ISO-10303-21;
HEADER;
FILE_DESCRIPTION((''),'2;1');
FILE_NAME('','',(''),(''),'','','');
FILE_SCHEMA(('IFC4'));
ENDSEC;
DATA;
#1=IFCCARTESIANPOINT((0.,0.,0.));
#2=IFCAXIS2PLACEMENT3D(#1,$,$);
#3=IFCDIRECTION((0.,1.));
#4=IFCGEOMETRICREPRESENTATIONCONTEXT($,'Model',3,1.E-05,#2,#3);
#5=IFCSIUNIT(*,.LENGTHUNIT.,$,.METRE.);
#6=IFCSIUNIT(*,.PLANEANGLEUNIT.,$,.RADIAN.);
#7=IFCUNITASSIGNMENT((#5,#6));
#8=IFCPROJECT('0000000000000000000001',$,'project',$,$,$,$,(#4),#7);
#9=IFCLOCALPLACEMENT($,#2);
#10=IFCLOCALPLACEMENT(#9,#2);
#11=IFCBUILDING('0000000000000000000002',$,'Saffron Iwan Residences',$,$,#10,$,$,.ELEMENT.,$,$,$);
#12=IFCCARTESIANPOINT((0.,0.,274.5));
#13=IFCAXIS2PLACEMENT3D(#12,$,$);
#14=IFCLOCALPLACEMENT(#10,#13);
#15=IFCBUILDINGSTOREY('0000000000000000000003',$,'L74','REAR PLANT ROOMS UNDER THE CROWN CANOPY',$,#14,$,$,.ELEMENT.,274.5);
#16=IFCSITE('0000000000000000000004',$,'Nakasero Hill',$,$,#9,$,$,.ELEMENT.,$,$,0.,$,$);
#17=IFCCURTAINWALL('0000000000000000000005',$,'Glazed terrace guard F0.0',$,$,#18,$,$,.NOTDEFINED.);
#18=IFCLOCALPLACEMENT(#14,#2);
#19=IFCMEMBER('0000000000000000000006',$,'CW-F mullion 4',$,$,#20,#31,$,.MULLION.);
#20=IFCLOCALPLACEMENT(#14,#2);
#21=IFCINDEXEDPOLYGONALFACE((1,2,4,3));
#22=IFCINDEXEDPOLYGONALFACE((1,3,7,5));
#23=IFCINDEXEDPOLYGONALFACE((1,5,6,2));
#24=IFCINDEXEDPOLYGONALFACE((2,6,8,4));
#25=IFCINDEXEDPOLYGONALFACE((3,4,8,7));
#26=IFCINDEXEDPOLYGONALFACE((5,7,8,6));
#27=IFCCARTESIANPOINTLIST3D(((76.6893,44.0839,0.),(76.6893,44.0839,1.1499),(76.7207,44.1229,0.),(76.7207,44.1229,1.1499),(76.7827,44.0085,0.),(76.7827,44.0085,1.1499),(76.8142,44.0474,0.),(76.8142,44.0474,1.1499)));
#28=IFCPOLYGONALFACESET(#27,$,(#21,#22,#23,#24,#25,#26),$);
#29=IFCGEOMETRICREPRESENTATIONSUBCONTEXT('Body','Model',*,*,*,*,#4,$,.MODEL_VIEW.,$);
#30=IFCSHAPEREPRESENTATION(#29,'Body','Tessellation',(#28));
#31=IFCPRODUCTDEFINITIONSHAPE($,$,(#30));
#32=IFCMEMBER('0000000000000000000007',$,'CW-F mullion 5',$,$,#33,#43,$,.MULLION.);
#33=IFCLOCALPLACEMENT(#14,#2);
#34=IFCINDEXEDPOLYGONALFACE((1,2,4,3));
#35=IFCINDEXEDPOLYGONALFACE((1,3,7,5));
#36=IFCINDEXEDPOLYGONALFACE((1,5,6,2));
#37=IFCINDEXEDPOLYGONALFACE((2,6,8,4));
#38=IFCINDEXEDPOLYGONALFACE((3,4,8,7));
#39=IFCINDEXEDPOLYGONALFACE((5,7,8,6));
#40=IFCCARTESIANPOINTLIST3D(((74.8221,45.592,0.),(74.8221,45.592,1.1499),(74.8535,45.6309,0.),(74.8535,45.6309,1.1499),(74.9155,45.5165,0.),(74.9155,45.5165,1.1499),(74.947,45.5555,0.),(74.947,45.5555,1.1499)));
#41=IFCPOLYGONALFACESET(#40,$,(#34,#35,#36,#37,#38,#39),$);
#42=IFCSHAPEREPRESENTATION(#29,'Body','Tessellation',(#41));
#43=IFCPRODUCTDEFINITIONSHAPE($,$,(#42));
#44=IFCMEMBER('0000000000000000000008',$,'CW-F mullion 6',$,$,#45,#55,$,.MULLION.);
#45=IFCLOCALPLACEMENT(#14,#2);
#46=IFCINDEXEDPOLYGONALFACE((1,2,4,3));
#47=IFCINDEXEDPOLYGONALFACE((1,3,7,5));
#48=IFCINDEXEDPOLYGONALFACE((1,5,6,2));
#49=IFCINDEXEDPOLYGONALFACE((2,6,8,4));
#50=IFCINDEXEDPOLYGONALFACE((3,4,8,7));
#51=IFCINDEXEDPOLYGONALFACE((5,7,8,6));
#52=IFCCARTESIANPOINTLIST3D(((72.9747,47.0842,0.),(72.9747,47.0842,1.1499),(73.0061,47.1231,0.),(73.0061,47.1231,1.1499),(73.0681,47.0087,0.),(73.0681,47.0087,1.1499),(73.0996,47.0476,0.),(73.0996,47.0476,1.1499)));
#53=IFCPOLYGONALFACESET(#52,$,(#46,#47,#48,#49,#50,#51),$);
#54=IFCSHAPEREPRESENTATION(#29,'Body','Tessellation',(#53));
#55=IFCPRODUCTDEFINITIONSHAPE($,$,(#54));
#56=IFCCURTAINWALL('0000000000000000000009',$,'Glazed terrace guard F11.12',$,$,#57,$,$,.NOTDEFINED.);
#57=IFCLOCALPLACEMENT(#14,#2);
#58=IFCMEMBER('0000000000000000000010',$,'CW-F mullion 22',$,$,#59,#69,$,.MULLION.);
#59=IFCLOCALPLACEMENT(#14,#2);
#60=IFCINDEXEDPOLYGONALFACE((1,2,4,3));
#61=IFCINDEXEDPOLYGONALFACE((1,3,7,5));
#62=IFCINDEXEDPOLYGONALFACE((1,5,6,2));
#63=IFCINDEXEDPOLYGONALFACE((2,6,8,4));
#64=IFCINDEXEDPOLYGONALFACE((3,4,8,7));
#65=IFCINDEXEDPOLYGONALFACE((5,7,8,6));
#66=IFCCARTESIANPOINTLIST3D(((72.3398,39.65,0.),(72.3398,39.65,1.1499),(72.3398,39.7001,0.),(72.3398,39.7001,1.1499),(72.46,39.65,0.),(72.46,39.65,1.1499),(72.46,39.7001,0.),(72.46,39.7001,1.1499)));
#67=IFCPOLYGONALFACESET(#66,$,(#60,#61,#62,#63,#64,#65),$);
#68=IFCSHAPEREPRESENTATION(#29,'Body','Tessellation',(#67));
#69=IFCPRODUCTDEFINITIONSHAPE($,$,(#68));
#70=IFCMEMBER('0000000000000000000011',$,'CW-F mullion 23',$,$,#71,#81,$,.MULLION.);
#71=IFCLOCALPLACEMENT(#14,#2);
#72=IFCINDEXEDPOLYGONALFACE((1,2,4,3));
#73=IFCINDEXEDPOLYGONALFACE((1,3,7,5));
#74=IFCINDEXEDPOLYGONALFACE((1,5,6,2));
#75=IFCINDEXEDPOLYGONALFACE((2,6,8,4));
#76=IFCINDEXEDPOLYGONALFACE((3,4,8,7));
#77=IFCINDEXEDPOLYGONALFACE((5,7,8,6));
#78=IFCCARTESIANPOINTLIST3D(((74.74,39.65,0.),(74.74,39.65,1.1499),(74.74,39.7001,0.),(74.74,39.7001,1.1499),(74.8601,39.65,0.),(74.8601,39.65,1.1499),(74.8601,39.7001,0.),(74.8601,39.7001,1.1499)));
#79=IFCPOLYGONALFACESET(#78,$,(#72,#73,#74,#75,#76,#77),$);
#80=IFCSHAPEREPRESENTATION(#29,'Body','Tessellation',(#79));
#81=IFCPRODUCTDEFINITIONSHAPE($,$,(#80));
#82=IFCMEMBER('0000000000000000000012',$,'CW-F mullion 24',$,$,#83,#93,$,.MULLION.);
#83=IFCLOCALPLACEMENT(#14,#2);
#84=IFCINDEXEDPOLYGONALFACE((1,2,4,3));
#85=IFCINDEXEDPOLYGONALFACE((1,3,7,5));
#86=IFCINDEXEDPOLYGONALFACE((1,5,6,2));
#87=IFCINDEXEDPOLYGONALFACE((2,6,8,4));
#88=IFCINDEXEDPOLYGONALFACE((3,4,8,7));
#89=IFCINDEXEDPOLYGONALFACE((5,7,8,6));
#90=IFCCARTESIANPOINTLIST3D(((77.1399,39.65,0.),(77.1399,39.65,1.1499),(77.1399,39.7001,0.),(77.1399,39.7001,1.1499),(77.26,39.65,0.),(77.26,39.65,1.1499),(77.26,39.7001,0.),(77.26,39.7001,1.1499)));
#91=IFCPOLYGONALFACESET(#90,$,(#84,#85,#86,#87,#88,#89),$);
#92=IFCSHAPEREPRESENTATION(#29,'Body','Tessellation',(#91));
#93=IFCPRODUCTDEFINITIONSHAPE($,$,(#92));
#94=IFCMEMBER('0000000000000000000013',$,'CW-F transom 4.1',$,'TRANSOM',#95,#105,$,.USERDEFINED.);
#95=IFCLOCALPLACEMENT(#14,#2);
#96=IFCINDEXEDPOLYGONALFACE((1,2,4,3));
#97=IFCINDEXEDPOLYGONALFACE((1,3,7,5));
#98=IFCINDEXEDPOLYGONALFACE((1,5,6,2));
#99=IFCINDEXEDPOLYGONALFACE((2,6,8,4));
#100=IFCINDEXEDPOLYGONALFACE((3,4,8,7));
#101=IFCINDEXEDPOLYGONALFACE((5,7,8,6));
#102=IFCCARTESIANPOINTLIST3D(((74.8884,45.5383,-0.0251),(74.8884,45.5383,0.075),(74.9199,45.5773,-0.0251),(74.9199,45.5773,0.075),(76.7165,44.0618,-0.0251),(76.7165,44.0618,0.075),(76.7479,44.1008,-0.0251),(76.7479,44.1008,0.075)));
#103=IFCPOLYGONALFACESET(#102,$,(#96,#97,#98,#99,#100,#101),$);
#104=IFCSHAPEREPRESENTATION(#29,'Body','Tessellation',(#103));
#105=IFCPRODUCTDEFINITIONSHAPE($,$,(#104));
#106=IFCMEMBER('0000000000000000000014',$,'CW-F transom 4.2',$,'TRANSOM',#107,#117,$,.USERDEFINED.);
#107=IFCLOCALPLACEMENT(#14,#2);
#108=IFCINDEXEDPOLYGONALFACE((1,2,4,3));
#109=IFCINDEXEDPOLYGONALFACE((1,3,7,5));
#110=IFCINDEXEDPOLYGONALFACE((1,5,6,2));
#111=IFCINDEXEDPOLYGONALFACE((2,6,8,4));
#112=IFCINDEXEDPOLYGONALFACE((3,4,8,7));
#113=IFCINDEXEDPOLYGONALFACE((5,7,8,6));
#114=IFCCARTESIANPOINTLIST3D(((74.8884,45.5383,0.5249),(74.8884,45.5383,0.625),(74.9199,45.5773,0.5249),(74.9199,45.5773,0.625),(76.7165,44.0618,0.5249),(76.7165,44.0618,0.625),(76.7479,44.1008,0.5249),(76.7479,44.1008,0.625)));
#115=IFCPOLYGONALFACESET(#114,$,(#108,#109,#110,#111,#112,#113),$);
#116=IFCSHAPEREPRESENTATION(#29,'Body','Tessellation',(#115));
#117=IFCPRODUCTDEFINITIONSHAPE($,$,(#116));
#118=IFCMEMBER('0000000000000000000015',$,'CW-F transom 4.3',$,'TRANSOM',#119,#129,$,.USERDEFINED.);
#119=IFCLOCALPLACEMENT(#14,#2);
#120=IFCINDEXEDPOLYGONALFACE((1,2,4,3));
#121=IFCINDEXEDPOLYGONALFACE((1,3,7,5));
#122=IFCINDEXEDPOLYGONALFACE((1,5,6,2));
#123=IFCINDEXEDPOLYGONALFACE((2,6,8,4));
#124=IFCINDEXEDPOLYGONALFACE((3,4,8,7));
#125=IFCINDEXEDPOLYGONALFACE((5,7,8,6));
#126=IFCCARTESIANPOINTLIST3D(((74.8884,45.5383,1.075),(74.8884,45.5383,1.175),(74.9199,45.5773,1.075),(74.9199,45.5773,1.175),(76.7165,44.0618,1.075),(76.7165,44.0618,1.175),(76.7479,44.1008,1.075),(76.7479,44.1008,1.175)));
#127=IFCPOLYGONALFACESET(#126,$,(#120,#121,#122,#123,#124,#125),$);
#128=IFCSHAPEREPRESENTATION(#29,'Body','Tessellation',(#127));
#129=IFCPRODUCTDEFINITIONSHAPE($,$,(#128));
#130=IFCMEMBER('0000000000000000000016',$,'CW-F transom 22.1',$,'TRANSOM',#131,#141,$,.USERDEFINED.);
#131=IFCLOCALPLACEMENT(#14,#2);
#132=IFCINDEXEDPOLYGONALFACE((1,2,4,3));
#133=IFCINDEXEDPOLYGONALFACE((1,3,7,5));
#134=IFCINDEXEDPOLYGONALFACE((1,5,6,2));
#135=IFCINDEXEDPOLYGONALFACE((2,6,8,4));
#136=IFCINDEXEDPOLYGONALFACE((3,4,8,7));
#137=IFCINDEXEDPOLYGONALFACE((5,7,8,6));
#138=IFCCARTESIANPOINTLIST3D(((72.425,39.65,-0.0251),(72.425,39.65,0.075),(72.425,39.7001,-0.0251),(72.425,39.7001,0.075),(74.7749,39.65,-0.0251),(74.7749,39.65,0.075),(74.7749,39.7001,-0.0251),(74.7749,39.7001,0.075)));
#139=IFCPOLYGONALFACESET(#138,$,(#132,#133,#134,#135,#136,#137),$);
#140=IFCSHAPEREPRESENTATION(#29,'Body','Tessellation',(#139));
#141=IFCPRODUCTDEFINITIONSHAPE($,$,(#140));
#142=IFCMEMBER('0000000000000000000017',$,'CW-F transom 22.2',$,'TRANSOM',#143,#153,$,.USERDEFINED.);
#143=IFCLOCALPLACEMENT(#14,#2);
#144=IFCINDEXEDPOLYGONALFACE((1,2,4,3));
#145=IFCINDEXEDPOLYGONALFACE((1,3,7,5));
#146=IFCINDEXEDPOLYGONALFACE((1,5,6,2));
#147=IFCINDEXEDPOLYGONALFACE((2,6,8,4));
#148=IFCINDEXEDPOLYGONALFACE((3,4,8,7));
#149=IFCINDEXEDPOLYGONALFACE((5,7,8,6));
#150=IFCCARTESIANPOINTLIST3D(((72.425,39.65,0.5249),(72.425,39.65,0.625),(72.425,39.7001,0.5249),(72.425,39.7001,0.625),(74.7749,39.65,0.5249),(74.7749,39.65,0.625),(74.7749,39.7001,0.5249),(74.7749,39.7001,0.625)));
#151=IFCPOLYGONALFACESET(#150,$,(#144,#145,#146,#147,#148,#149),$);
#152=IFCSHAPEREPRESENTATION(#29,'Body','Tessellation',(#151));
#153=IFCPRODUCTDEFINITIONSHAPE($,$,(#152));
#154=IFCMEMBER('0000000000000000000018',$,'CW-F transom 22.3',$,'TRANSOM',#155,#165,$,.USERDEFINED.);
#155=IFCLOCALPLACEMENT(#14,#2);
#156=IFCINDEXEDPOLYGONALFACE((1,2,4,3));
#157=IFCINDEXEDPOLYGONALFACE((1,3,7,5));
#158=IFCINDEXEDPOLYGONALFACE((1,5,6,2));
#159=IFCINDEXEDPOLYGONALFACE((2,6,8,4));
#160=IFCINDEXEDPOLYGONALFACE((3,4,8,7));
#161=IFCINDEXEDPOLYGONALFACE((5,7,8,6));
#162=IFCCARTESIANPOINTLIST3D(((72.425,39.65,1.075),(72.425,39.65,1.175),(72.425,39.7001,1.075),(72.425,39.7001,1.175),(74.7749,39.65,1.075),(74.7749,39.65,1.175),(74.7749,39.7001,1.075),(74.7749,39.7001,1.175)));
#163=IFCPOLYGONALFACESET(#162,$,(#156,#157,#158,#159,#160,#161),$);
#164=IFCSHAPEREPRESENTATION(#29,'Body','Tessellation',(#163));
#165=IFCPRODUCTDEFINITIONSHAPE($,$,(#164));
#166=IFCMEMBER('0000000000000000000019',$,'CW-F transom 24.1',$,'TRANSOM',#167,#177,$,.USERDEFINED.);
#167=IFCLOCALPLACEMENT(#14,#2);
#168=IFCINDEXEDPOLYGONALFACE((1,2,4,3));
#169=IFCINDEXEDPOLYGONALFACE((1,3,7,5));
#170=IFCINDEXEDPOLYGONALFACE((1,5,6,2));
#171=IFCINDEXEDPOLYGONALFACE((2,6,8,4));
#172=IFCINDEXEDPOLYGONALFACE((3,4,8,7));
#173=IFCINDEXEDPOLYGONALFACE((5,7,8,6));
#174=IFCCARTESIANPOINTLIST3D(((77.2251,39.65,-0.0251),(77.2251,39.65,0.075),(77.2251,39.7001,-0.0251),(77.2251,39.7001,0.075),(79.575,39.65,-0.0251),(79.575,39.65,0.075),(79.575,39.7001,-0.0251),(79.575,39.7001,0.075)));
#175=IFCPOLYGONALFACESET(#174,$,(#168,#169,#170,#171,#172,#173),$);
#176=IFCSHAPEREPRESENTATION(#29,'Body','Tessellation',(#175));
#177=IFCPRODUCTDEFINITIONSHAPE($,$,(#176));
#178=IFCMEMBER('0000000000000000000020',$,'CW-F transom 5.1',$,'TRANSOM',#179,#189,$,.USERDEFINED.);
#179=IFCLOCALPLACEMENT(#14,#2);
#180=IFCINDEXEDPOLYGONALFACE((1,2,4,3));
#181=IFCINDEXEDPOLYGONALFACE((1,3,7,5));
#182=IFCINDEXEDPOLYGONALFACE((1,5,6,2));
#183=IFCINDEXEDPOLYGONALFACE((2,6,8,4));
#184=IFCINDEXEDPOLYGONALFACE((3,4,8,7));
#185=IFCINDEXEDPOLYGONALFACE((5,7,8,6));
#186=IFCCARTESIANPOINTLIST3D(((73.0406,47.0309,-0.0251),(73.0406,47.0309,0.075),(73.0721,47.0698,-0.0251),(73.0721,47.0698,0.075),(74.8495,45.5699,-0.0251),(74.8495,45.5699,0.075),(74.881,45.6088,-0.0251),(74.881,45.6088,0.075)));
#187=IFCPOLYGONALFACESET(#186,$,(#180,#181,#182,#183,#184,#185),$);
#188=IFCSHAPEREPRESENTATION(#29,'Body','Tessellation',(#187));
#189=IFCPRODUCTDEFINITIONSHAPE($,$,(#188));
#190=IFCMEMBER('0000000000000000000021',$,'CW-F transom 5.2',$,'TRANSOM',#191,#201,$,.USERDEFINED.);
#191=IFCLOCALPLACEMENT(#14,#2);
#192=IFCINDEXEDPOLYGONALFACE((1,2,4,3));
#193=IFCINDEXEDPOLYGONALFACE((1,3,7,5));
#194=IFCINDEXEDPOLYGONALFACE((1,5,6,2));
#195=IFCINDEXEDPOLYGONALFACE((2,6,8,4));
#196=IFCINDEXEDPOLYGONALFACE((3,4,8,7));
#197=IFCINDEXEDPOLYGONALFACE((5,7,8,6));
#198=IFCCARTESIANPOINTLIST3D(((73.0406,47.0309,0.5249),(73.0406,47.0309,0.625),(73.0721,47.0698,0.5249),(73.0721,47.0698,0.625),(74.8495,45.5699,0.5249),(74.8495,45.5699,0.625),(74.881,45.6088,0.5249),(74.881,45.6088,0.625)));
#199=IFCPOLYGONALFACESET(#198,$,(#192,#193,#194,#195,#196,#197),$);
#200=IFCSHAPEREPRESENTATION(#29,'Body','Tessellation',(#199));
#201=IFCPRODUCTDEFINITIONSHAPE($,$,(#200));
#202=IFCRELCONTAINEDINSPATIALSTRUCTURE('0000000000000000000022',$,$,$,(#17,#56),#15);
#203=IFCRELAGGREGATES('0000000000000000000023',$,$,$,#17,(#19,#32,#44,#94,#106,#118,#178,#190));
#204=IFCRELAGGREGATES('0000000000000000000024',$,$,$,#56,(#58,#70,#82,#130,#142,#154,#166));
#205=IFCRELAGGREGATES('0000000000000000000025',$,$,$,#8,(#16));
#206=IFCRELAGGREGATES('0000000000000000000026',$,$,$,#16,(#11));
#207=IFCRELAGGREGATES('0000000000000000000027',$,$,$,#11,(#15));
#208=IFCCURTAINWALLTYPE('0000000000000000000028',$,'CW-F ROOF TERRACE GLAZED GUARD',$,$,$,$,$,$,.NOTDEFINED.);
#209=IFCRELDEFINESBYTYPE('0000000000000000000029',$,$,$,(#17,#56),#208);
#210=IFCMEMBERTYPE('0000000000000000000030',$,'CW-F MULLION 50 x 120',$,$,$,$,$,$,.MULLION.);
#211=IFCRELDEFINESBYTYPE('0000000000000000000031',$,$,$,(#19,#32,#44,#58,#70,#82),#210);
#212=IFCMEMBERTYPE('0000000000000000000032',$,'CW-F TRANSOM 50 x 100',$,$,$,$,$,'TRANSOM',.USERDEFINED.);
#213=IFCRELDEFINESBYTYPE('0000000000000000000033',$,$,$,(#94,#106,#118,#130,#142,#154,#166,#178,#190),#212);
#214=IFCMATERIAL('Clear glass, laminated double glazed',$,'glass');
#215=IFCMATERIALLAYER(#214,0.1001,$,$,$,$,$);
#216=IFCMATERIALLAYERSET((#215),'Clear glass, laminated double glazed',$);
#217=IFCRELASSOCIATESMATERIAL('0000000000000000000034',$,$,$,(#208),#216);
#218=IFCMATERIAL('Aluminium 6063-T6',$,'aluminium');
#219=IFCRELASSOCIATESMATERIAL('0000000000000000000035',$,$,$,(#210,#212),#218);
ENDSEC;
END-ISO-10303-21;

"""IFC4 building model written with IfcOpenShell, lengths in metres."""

from ifc_helpers import new_model, si_unit, direction, frame, origin, origin_2d, place, context, subcontext, project, spatial, rectangle, extrude, source, transform, mapped, material, layer, layer_set, material_profile, profile_set, type_object, element, aggregate, save


model = new_model("IFC4")

# Units and contexts
model_context = context("Model", 3, precision=1e-05, world=origin(), true_north=direction((0.0, 1.0)))
body_context = subcontext(model_context, "Body", "Model", "MODEL_VIEW")
ifc_project = project(units=[si_unit("LENGTHUNIT", "METRE"), si_unit("PLANEANGLEUNIT", "RADIAN")], contexts=[model_context])

# Site, building, storey
site_placement = place(None, origin())
site = spatial("IfcSite", under=ifc_project, at=site_placement, Name="Nakasero Hill", CompositionType="ELEMENT", RefElevation=0.0)
building_placement = place(site_placement, origin())
building = spatial("IfcBuilding", under=site, at=building_placement, Name="Saffron Iwan Residences", CompositionType="ELEMENT")
storey_placement = place(building_placement, frame((0.0, 0.0, 274.5)))
storey = spatial("IfcBuildingStorey", under=building, at=storey_placement, Name="L74", Description="REAR PLANT ROOMS UNDER THE CROWN CANOPY", CompositionType="ELEMENT", Elevation=274.5)

# Curtain walls, members
ifc_material_1 = material(Name="Clear glass, laminated double glazed", Category="glass")
ifc_layer_1 = layer(ifc_material_1, 0.1001)
ifc_layer_set_1 = layer_set([ifc_layer_1], Name="Clear glass, laminated double glazed")
curtain_wall_type = type_object("IfcCurtainWallType", Name="CW-F ROOF TERRACE GLAZED GUARD", PredefinedType="NOTDEFINED", material=ifc_layer_set_1)
curtain_wall_1_placement = place(storey_placement, origin())
curtain_wall_1 = element("IfcCurtainWall", 1, at=curtain_wall_1_placement, inside=storey, type_object=curtain_wall_type, Name="Glazed terrace guard F0.0", PredefinedType="NOTDEFINED")
ifc_material_2 = material(Name="Aluminium 6063-T6", Category="aluminium")
ifc_material_profile_1 = material_profile(ifc_material_2, rectangle(XDim=0.05, YDim=0.1201, at=origin_2d()), Name="CW-F MULLION 50 x 120")
ifc_profile_set_1 = profile_set([ifc_material_profile_1], Name="Aluminium 6063-T6")
member_type_1 = type_object("IfcMemberType", Name="CW-F MULLION 50 x 120", PredefinedType="MULLION", material=ifc_profile_set_1)
shared_shape_1 = source(origin(), body_context, "Body", "SweptSolid", [
    extrude(rectangle(XDim=0.05, YDim=0.1201, at=origin_2d()), origin(), (0.0, 0.0, 1.0), 1.1499),
])
member_1_placement = place(storey_placement, frame((76.7517, 44.0657, 0.0), z_axis=(0.0, 0.0, 1.0), x_axis=(-0.628337, -0.777941, 0.0)))
member_1 = element("IfcMember", 2, at=member_1_placement, type_object=member_type_1, Name="CW-F mullion 4", PredefinedType="MULLION", context=body_context, shape_type="MappedRepresentation", body=[
    mapped(shared_shape_1, transform((0.0, 0.0, 0.0))),
])
member_2_placement = place(storey_placement, frame((74.8845, 45.5737, 0.0), z_axis=(0.0, 0.0, 1.0), x_axis=(-0.628337, -0.777941, 0.0)))
member_2 = element("IfcMember", 3, at=member_2_placement, type_object=member_type_1, Name="CW-F mullion 5", PredefinedType="MULLION", context=body_context, shape_type="MappedRepresentation", body=[
    mapped(shared_shape_1, transform((0.0, 0.0, 0.0))),
])
member_3_placement = place(storey_placement, frame((73.0371, 47.0659, 0.0), z_axis=(0.0, 0.0, 1.0), x_axis=(-0.628337, -0.777941, 0.0)))
member_3 = element("IfcMember", 4, at=member_3_placement, type_object=member_type_1, Name="CW-F mullion 6", PredefinedType="MULLION", context=body_context, shape_type="MappedRepresentation", body=[
    mapped(shared_shape_1, transform((0.0, 0.0, 0.0))),
])
curtain_wall_2_placement = place(storey_placement, origin())
curtain_wall_2 = element("IfcCurtainWall", 5, at=curtain_wall_2_placement, inside=storey, type_object=curtain_wall_type, Name="Glazed terrace guard F11.12", PredefinedType="NOTDEFINED")
member_4_placement = place(storey_placement, frame((72.3999, 39.675, 0.0), z_axis=(0.0, 0.0, 1.0), x_axis=(0.0, 1.0, 0.0)))
member_4 = element("IfcMember", 6, at=member_4_placement, type_object=member_type_1, Name="CW-F mullion 22", PredefinedType="MULLION", context=body_context, shape_type="MappedRepresentation", body=[
    mapped(shared_shape_1, transform((0.0, 0.0, 0.0))),
])
member_5_placement = place(storey_placement, frame((74.8, 39.675, 0.0), z_axis=(0.0, 0.0, 1.0), x_axis=(0.0, 1.0, 0.0)))
member_5 = element("IfcMember", 7, at=member_5_placement, type_object=member_type_1, Name="CW-F mullion 23", PredefinedType="MULLION", context=body_context, shape_type="MappedRepresentation", body=[
    mapped(shared_shape_1, transform((0.0, 0.0, 0.0))),
])
member_6_placement = place(storey_placement, frame((77.2, 39.675, 0.0), z_axis=(0.0, 0.0, 1.0), x_axis=(0.0, 1.0, 0.0)))
member_6 = element("IfcMember", 8, at=member_6_placement, type_object=member_type_1, Name="CW-F mullion 24", PredefinedType="MULLION", context=body_context, shape_type="MappedRepresentation", body=[
    mapped(shared_shape_1, transform((0.0, 0.0, 0.0))),
])

# Members
ifc_material_profile_2 = material_profile(ifc_material_2, rectangle(XDim=0.05, YDim=0.1001, at=origin_2d()), Name="CW-F TRANSOM 50 x 100")
ifc_profile_set_2 = profile_set([ifc_material_profile_2], Name="Aluminium 6063-T6")
member_type_2 = type_object("IfcMemberType", Name="CW-F TRANSOM 50 x 100", ElementType="TRANSOM", PredefinedType="USERDEFINED", material=ifc_profile_set_2)
shared_shape_2 = source(origin(), body_context, "Body", "SweptSolid", [
    extrude(rectangle(XDim=0.05, YDim=0.1001, at=origin_2d()), origin(), (0.0, 0.0, 1.0), 2.3499),
])
member_7_placement = place(storey_placement, frame((76.7322, 44.0813, 0.0249), z_axis=(-0.777941, 0.628337, 0.0), x_axis=(-0.628337, -0.777941, 0.0)))
member_7 = element("IfcMember", 9, at=member_7_placement, type_object=member_type_2, Name="CW-F transom 4.1", ObjectType="TRANSOM", PredefinedType="USERDEFINED", context=body_context, shape_type="MappedRepresentation", body=[
    mapped(shared_shape_2, transform((0.0, 0.0, 0.0))),
])
member_8_placement = place(storey_placement, frame((76.7322, 44.0813, 0.575), z_axis=(-0.777941, 0.628337, 0.0), x_axis=(-0.628337, -0.777941, 0.0)))
member_8 = element("IfcMember", 10, at=member_8_placement, type_object=member_type_2, Name="CW-F transom 4.2", ObjectType="TRANSOM", PredefinedType="USERDEFINED", context=body_context, shape_type="MappedRepresentation", body=[
    mapped(shared_shape_2, transform((0.0, 0.0, 0.0))),
])
member_9_placement = place(storey_placement, frame((76.7322, 44.0813, 1.125), z_axis=(-0.777941, 0.628337, 0.0), x_axis=(-0.628337, -0.777941, 0.0)))
member_9 = element("IfcMember", 11, at=member_9_placement, type_object=member_type_2, Name="CW-F transom 4.3", ObjectType="TRANSOM", PredefinedType="USERDEFINED", context=body_context, shape_type="MappedRepresentation", body=[
    mapped(shared_shape_2, transform((0.0, 0.0, 0.0))),
])
member_10_placement = place(storey_placement, frame((72.425, 39.675, 0.0249), z_axis=(1.0, 0.0, 0.0), x_axis=(0.0, 1.0, 0.0)))
member_10 = element("IfcMember", 12, at=member_10_placement, type_object=member_type_2, Name="CW-F transom 22.1", ObjectType="TRANSOM", PredefinedType="USERDEFINED", context=body_context, shape_type="MappedRepresentation", body=[
    mapped(shared_shape_2, transform((0.0, 0.0, 0.0))),
])
member_11_placement = place(storey_placement, frame((72.425, 39.675, 0.575), z_axis=(1.0, 0.0, 0.0), x_axis=(0.0, 1.0, 0.0)))
member_11 = element("IfcMember", 13, at=member_11_placement, type_object=member_type_2, Name="CW-F transom 22.2", ObjectType="TRANSOM", PredefinedType="USERDEFINED", context=body_context, shape_type="MappedRepresentation", body=[
    mapped(shared_shape_2, transform((0.0, 0.0, 0.0))),
])
member_12_placement = place(storey_placement, frame((72.425, 39.675, 1.125), z_axis=(1.0, 0.0, 0.0), x_axis=(0.0, 1.0, 0.0)))
member_12 = element("IfcMember", 14, at=member_12_placement, type_object=member_type_2, Name="CW-F transom 22.3", ObjectType="TRANSOM", PredefinedType="USERDEFINED", context=body_context, shape_type="MappedRepresentation", body=[
    mapped(shared_shape_2, transform((0.0, 0.0, 0.0))),
])
member_13_placement = place(storey_placement, frame((77.2251, 39.675, 0.0249), z_axis=(1.0, 0.0, 0.0), x_axis=(0.0, 1.0, 0.0)))
member_13 = element("IfcMember", 15, at=member_13_placement, type_object=member_type_2, Name="CW-F transom 24.1", ObjectType="TRANSOM", PredefinedType="USERDEFINED", context=body_context, shape_type="MappedRepresentation", body=[
    mapped(shared_shape_2, transform((0.0, 0.0, 0.0))),
])
shared_shape_3 = source(origin(), body_context, "Body", "SweptSolid", [
    extrude(rectangle(XDim=0.05, YDim=0.1001, at=origin_2d()), origin(), (0.0, 0.0, 1.0), 2.3252),
])
member_14_placement = place(storey_placement, frame((74.8652, 45.5894, 0.0249), z_axis=(-0.777951, 0.628325, 0.0), x_axis=(-0.628325, -0.777951, 0.0)))
member_14 = element("IfcMember", 16, at=member_14_placement, type_object=member_type_2, Name="CW-F transom 5.1", ObjectType="TRANSOM", PredefinedType="USERDEFINED", context=body_context, shape_type="MappedRepresentation", body=[
    mapped(shared_shape_3, transform((0.0, 0.0, 0.0))),
])
member_15_placement = place(storey_placement, frame((74.8652, 45.5894, 0.575), z_axis=(-0.777951, 0.628325, 0.0), x_axis=(-0.628325, -0.777951, 0.0)))
member_15 = element("IfcMember", 17, at=member_15_placement, type_object=member_type_2, Name="CW-F transom 5.2", ObjectType="TRANSOM", PredefinedType="USERDEFINED", context=body_context, shape_type="MappedRepresentation", body=[
    mapped(shared_shape_3, transform((0.0, 0.0, 0.0))),
])

aggregate(curtain_wall_1, [member_1, member_2, member_3, member_7, member_8, member_9, member_14, member_15])
aggregate(curtain_wall_2, [member_4, member_5, member_6, member_10, member_11, member_12, member_13])

save(model, "model.ifc")
